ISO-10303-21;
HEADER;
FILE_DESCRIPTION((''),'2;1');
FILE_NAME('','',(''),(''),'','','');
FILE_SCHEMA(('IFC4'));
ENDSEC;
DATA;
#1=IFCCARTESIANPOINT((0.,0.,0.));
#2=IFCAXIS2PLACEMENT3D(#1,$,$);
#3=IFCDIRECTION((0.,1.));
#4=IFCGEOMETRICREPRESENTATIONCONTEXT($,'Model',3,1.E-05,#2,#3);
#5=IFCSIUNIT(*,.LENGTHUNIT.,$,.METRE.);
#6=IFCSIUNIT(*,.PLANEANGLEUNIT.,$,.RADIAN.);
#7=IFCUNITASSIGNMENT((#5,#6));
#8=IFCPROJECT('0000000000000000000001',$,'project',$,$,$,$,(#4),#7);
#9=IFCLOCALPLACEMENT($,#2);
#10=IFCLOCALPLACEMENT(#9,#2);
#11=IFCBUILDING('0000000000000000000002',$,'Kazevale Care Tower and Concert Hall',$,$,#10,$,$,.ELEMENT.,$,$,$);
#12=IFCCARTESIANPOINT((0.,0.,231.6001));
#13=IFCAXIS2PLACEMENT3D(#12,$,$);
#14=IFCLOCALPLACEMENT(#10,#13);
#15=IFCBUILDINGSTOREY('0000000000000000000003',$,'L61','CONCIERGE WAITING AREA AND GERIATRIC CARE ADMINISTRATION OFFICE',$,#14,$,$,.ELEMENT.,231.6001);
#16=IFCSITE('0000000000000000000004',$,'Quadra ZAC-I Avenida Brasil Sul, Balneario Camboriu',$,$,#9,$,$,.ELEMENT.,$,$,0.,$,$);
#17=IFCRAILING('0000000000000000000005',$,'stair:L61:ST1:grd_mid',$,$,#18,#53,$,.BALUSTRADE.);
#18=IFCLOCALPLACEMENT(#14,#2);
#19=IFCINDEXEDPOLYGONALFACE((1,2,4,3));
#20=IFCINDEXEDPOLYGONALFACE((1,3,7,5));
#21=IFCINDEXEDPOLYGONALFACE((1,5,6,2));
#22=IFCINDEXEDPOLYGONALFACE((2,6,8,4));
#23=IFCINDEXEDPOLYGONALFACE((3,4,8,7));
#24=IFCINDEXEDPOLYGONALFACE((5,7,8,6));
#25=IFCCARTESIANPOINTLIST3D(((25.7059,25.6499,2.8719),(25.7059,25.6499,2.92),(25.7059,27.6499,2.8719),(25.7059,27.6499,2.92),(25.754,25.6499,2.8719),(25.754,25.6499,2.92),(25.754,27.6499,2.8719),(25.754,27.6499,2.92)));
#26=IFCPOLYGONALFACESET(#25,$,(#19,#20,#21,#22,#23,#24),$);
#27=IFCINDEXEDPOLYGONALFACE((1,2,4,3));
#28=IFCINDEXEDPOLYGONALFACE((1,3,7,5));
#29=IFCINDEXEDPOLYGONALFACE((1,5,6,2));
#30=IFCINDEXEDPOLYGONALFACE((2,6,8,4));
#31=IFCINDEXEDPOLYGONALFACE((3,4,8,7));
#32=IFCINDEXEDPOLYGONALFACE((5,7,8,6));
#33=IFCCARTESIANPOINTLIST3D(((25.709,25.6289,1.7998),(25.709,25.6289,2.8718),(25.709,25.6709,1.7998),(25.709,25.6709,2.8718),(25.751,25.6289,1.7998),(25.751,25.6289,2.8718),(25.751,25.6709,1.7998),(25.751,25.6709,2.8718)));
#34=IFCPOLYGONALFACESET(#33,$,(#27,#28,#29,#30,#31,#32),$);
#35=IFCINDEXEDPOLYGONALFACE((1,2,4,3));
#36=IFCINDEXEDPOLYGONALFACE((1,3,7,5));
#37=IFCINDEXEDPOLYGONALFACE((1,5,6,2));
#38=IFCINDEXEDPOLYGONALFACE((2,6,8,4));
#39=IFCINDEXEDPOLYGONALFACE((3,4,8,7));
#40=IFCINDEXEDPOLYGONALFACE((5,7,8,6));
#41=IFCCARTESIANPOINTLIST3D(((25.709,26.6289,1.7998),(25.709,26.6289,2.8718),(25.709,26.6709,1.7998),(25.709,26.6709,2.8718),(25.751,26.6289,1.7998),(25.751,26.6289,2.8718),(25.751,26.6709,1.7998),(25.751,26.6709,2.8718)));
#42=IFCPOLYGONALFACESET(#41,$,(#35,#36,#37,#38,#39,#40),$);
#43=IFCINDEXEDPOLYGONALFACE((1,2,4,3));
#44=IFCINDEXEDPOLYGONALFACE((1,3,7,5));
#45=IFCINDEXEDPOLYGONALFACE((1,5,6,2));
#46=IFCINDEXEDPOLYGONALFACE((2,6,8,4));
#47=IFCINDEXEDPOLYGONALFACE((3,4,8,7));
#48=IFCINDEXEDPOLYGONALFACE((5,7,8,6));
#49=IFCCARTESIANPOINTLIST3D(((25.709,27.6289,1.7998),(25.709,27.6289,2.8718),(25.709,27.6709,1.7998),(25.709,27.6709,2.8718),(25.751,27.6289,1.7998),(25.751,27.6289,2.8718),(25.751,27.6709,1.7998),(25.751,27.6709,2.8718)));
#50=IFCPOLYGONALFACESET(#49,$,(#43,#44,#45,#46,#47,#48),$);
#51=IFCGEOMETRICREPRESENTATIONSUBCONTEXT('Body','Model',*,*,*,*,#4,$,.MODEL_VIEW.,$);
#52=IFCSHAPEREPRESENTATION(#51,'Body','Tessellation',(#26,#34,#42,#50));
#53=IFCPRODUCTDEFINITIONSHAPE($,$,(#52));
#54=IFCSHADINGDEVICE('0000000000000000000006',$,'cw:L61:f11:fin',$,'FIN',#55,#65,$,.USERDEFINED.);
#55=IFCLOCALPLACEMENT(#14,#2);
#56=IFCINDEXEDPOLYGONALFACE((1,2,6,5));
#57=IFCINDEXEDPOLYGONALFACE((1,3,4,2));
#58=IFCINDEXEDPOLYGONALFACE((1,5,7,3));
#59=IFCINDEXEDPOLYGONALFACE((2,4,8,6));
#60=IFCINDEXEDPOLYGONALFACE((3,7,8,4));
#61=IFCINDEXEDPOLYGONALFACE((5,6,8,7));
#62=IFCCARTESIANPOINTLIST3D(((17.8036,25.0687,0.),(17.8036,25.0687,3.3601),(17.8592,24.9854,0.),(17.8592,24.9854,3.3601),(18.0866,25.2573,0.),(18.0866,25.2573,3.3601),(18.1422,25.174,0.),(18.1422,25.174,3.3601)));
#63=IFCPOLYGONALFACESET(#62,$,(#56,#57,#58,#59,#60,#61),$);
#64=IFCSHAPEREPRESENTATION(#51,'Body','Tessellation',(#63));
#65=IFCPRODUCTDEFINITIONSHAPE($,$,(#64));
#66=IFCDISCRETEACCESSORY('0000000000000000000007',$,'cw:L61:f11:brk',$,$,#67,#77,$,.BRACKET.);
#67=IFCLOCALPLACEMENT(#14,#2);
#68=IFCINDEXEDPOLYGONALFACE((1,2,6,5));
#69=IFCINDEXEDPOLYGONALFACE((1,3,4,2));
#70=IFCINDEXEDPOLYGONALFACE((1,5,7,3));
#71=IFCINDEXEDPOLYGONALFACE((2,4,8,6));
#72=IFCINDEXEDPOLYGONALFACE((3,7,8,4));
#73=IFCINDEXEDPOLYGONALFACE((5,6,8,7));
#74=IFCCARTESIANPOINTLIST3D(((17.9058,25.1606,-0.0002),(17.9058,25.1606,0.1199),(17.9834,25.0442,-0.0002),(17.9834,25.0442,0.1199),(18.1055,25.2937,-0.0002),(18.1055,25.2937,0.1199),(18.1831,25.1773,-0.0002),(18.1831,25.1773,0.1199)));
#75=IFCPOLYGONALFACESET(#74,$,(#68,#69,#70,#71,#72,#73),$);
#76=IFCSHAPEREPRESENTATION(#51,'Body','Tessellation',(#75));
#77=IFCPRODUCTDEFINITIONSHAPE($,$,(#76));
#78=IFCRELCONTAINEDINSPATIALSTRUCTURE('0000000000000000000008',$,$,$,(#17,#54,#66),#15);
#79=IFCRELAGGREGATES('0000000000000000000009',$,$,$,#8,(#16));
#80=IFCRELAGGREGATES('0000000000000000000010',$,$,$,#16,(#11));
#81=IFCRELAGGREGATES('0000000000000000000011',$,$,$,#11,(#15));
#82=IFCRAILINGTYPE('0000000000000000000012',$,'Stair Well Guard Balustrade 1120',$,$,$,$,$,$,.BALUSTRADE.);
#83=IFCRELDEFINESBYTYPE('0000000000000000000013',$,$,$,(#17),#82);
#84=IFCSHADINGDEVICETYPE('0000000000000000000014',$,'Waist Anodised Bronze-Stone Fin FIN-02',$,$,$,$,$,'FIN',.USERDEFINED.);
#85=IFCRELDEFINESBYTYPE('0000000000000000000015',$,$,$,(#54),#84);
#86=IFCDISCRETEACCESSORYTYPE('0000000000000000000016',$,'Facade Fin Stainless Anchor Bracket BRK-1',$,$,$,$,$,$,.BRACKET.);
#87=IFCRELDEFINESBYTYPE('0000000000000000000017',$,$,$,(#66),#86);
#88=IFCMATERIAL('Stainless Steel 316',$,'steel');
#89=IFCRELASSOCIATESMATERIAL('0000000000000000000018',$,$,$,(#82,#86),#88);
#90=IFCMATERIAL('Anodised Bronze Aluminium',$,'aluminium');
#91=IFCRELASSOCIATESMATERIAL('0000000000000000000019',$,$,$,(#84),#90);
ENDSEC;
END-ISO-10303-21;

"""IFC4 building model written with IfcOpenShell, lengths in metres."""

from ifc_helpers import new_model, si_unit, direction, frame, origin, origin_2d, place, context, subcontext, project, spatial, rectangle, extrude, material, type_object, element, save


model = new_model("IFC4")

# Units and contexts
model_context = context("Model", 3, precision=1e-05, world=origin(), true_north=direction((0.0, 1.0)))
body_context = subcontext(model_context, "Body", "Model", "MODEL_VIEW")
ifc_project = project(units=[si_unit("LENGTHUNIT", "METRE"), si_unit("PLANEANGLEUNIT", "RADIAN")], contexts=[model_context])

# Site, building, storey
site_placement = place(None, origin())
site = spatial("IfcSite", under=ifc_project, at=site_placement, Name="Quadra ZAC-I Avenida Brasil Sul, Balneario Camboriu", CompositionType="ELEMENT", RefElevation=0.0)
building_placement = place(site_placement, origin())
building = spatial("IfcBuilding", under=site, at=building_placement, Name="Kazevale Care Tower and Concert Hall", CompositionType="ELEMENT")
storey_placement = place(building_placement, frame((0.0, 0.0, 231.6001)))
storey = spatial("IfcBuildingStorey", under=building, at=storey_placement, Name="L61", Description="CONCIERGE WAITING AREA AND GERIATRIC CARE ADMINISTRATION OFFICE", CompositionType="ELEMENT", Elevation=231.6001)

# Railing
ifc_material_1 = material(Name="Stainless Steel 316", Category="steel")
railing_type = type_object("IfcRailingType", Name="Stair Well Guard Balustrade 1120", PredefinedType="BALUSTRADE", material=ifc_material_1)
railing_1_placement = place(storey_placement, frame((25.73, 25.6499, 1.7998)))
element("IfcRailing", 1, at=railing_1_placement, inside=storey, type_object=railing_type, Name="stair:L61:ST1:grd_mid", PredefinedType="BALUSTRADE", context=body_context, shape_type="SweptSolid", body=[
    extrude(rectangle(XDim=0.0481, YDim=0.0481, at=origin_2d()), frame((0.0, 0.0, 1.0962), z_axis=(0.0, 1.0, 0.0), x_axis=(-1.0, 0.0, 0.0)), (0.0, 0.0, 1.0), 2.0),
    extrude(rectangle(XDim=0.042, YDim=0.042, at=origin_2d()), origin(), (0.0, 0.0, 1.0), 1.072),
    extrude(rectangle(XDim=0.042, YDim=0.042, at=origin_2d()), frame((0.0, 1.0, 0.0)), (0.0, 0.0, 1.0), 1.072),
    extrude(rectangle(XDim=0.042, YDim=0.042, at=origin_2d()), frame((0.0, 2.0, 0.0)), (0.0, 0.0, 1.0), 1.072),
])

# Shading device
ifc_material_2 = material(Name="Anodised Bronze Aluminium", Category="aluminium")
shading_device_type = type_object("IfcShadingDeviceType", Name="Waist Anodised Bronze-Stone Fin FIN-02", ElementType="FIN", PredefinedType="USERDEFINED", material=ifc_material_2)
shading_device_placement = place(storey_placement, frame((17.9729, 25.1213, 0.0), z_axis=(0.0, 0.0, 1.0), x_axis=(-0.832148, -0.554554, 0.0)))
element("IfcShadingDevice", 2, at=shading_device_placement, inside=storey, type_object=shading_device_type, Name="cw:L61:f11:fin", ObjectType="FIN", PredefinedType="USERDEFINED", context=body_context, shape_type="SweptSolid", body=[
    extrude(rectangle(XDim=0.3401, YDim=0.1001, at=origin_2d()), origin(), (0.0, 0.0, 1.0), 3.3601),
])

# Discrete accessory
discrete_accessory_type = type_object("IfcDiscreteAccessoryType", Name="Facade Fin Stainless Anchor Bracket BRK-1", PredefinedType="BRACKET", material=ifc_material_1)
discrete_accessory_placement = place(storey_placement, frame((18.0444, 25.1689, -0.0002), z_axis=(0.0, 0.0, 1.0), x_axis=(-0.832148, -0.554554, 0.0)))
element("IfcDiscreteAccessory", 3, at=discrete_accessory_placement, inside=storey, type_object=discrete_accessory_type, Name="cw:L61:f11:brk", PredefinedType="BRACKET", context=body_context, shape_type="SweptSolid", body=[
    extrude(rectangle(XDim=0.24, YDim=0.1399, at=origin_2d()), origin(), (0.0, 0.0, 1.0), 0.1201),
])

save(model, "model.ifc")
